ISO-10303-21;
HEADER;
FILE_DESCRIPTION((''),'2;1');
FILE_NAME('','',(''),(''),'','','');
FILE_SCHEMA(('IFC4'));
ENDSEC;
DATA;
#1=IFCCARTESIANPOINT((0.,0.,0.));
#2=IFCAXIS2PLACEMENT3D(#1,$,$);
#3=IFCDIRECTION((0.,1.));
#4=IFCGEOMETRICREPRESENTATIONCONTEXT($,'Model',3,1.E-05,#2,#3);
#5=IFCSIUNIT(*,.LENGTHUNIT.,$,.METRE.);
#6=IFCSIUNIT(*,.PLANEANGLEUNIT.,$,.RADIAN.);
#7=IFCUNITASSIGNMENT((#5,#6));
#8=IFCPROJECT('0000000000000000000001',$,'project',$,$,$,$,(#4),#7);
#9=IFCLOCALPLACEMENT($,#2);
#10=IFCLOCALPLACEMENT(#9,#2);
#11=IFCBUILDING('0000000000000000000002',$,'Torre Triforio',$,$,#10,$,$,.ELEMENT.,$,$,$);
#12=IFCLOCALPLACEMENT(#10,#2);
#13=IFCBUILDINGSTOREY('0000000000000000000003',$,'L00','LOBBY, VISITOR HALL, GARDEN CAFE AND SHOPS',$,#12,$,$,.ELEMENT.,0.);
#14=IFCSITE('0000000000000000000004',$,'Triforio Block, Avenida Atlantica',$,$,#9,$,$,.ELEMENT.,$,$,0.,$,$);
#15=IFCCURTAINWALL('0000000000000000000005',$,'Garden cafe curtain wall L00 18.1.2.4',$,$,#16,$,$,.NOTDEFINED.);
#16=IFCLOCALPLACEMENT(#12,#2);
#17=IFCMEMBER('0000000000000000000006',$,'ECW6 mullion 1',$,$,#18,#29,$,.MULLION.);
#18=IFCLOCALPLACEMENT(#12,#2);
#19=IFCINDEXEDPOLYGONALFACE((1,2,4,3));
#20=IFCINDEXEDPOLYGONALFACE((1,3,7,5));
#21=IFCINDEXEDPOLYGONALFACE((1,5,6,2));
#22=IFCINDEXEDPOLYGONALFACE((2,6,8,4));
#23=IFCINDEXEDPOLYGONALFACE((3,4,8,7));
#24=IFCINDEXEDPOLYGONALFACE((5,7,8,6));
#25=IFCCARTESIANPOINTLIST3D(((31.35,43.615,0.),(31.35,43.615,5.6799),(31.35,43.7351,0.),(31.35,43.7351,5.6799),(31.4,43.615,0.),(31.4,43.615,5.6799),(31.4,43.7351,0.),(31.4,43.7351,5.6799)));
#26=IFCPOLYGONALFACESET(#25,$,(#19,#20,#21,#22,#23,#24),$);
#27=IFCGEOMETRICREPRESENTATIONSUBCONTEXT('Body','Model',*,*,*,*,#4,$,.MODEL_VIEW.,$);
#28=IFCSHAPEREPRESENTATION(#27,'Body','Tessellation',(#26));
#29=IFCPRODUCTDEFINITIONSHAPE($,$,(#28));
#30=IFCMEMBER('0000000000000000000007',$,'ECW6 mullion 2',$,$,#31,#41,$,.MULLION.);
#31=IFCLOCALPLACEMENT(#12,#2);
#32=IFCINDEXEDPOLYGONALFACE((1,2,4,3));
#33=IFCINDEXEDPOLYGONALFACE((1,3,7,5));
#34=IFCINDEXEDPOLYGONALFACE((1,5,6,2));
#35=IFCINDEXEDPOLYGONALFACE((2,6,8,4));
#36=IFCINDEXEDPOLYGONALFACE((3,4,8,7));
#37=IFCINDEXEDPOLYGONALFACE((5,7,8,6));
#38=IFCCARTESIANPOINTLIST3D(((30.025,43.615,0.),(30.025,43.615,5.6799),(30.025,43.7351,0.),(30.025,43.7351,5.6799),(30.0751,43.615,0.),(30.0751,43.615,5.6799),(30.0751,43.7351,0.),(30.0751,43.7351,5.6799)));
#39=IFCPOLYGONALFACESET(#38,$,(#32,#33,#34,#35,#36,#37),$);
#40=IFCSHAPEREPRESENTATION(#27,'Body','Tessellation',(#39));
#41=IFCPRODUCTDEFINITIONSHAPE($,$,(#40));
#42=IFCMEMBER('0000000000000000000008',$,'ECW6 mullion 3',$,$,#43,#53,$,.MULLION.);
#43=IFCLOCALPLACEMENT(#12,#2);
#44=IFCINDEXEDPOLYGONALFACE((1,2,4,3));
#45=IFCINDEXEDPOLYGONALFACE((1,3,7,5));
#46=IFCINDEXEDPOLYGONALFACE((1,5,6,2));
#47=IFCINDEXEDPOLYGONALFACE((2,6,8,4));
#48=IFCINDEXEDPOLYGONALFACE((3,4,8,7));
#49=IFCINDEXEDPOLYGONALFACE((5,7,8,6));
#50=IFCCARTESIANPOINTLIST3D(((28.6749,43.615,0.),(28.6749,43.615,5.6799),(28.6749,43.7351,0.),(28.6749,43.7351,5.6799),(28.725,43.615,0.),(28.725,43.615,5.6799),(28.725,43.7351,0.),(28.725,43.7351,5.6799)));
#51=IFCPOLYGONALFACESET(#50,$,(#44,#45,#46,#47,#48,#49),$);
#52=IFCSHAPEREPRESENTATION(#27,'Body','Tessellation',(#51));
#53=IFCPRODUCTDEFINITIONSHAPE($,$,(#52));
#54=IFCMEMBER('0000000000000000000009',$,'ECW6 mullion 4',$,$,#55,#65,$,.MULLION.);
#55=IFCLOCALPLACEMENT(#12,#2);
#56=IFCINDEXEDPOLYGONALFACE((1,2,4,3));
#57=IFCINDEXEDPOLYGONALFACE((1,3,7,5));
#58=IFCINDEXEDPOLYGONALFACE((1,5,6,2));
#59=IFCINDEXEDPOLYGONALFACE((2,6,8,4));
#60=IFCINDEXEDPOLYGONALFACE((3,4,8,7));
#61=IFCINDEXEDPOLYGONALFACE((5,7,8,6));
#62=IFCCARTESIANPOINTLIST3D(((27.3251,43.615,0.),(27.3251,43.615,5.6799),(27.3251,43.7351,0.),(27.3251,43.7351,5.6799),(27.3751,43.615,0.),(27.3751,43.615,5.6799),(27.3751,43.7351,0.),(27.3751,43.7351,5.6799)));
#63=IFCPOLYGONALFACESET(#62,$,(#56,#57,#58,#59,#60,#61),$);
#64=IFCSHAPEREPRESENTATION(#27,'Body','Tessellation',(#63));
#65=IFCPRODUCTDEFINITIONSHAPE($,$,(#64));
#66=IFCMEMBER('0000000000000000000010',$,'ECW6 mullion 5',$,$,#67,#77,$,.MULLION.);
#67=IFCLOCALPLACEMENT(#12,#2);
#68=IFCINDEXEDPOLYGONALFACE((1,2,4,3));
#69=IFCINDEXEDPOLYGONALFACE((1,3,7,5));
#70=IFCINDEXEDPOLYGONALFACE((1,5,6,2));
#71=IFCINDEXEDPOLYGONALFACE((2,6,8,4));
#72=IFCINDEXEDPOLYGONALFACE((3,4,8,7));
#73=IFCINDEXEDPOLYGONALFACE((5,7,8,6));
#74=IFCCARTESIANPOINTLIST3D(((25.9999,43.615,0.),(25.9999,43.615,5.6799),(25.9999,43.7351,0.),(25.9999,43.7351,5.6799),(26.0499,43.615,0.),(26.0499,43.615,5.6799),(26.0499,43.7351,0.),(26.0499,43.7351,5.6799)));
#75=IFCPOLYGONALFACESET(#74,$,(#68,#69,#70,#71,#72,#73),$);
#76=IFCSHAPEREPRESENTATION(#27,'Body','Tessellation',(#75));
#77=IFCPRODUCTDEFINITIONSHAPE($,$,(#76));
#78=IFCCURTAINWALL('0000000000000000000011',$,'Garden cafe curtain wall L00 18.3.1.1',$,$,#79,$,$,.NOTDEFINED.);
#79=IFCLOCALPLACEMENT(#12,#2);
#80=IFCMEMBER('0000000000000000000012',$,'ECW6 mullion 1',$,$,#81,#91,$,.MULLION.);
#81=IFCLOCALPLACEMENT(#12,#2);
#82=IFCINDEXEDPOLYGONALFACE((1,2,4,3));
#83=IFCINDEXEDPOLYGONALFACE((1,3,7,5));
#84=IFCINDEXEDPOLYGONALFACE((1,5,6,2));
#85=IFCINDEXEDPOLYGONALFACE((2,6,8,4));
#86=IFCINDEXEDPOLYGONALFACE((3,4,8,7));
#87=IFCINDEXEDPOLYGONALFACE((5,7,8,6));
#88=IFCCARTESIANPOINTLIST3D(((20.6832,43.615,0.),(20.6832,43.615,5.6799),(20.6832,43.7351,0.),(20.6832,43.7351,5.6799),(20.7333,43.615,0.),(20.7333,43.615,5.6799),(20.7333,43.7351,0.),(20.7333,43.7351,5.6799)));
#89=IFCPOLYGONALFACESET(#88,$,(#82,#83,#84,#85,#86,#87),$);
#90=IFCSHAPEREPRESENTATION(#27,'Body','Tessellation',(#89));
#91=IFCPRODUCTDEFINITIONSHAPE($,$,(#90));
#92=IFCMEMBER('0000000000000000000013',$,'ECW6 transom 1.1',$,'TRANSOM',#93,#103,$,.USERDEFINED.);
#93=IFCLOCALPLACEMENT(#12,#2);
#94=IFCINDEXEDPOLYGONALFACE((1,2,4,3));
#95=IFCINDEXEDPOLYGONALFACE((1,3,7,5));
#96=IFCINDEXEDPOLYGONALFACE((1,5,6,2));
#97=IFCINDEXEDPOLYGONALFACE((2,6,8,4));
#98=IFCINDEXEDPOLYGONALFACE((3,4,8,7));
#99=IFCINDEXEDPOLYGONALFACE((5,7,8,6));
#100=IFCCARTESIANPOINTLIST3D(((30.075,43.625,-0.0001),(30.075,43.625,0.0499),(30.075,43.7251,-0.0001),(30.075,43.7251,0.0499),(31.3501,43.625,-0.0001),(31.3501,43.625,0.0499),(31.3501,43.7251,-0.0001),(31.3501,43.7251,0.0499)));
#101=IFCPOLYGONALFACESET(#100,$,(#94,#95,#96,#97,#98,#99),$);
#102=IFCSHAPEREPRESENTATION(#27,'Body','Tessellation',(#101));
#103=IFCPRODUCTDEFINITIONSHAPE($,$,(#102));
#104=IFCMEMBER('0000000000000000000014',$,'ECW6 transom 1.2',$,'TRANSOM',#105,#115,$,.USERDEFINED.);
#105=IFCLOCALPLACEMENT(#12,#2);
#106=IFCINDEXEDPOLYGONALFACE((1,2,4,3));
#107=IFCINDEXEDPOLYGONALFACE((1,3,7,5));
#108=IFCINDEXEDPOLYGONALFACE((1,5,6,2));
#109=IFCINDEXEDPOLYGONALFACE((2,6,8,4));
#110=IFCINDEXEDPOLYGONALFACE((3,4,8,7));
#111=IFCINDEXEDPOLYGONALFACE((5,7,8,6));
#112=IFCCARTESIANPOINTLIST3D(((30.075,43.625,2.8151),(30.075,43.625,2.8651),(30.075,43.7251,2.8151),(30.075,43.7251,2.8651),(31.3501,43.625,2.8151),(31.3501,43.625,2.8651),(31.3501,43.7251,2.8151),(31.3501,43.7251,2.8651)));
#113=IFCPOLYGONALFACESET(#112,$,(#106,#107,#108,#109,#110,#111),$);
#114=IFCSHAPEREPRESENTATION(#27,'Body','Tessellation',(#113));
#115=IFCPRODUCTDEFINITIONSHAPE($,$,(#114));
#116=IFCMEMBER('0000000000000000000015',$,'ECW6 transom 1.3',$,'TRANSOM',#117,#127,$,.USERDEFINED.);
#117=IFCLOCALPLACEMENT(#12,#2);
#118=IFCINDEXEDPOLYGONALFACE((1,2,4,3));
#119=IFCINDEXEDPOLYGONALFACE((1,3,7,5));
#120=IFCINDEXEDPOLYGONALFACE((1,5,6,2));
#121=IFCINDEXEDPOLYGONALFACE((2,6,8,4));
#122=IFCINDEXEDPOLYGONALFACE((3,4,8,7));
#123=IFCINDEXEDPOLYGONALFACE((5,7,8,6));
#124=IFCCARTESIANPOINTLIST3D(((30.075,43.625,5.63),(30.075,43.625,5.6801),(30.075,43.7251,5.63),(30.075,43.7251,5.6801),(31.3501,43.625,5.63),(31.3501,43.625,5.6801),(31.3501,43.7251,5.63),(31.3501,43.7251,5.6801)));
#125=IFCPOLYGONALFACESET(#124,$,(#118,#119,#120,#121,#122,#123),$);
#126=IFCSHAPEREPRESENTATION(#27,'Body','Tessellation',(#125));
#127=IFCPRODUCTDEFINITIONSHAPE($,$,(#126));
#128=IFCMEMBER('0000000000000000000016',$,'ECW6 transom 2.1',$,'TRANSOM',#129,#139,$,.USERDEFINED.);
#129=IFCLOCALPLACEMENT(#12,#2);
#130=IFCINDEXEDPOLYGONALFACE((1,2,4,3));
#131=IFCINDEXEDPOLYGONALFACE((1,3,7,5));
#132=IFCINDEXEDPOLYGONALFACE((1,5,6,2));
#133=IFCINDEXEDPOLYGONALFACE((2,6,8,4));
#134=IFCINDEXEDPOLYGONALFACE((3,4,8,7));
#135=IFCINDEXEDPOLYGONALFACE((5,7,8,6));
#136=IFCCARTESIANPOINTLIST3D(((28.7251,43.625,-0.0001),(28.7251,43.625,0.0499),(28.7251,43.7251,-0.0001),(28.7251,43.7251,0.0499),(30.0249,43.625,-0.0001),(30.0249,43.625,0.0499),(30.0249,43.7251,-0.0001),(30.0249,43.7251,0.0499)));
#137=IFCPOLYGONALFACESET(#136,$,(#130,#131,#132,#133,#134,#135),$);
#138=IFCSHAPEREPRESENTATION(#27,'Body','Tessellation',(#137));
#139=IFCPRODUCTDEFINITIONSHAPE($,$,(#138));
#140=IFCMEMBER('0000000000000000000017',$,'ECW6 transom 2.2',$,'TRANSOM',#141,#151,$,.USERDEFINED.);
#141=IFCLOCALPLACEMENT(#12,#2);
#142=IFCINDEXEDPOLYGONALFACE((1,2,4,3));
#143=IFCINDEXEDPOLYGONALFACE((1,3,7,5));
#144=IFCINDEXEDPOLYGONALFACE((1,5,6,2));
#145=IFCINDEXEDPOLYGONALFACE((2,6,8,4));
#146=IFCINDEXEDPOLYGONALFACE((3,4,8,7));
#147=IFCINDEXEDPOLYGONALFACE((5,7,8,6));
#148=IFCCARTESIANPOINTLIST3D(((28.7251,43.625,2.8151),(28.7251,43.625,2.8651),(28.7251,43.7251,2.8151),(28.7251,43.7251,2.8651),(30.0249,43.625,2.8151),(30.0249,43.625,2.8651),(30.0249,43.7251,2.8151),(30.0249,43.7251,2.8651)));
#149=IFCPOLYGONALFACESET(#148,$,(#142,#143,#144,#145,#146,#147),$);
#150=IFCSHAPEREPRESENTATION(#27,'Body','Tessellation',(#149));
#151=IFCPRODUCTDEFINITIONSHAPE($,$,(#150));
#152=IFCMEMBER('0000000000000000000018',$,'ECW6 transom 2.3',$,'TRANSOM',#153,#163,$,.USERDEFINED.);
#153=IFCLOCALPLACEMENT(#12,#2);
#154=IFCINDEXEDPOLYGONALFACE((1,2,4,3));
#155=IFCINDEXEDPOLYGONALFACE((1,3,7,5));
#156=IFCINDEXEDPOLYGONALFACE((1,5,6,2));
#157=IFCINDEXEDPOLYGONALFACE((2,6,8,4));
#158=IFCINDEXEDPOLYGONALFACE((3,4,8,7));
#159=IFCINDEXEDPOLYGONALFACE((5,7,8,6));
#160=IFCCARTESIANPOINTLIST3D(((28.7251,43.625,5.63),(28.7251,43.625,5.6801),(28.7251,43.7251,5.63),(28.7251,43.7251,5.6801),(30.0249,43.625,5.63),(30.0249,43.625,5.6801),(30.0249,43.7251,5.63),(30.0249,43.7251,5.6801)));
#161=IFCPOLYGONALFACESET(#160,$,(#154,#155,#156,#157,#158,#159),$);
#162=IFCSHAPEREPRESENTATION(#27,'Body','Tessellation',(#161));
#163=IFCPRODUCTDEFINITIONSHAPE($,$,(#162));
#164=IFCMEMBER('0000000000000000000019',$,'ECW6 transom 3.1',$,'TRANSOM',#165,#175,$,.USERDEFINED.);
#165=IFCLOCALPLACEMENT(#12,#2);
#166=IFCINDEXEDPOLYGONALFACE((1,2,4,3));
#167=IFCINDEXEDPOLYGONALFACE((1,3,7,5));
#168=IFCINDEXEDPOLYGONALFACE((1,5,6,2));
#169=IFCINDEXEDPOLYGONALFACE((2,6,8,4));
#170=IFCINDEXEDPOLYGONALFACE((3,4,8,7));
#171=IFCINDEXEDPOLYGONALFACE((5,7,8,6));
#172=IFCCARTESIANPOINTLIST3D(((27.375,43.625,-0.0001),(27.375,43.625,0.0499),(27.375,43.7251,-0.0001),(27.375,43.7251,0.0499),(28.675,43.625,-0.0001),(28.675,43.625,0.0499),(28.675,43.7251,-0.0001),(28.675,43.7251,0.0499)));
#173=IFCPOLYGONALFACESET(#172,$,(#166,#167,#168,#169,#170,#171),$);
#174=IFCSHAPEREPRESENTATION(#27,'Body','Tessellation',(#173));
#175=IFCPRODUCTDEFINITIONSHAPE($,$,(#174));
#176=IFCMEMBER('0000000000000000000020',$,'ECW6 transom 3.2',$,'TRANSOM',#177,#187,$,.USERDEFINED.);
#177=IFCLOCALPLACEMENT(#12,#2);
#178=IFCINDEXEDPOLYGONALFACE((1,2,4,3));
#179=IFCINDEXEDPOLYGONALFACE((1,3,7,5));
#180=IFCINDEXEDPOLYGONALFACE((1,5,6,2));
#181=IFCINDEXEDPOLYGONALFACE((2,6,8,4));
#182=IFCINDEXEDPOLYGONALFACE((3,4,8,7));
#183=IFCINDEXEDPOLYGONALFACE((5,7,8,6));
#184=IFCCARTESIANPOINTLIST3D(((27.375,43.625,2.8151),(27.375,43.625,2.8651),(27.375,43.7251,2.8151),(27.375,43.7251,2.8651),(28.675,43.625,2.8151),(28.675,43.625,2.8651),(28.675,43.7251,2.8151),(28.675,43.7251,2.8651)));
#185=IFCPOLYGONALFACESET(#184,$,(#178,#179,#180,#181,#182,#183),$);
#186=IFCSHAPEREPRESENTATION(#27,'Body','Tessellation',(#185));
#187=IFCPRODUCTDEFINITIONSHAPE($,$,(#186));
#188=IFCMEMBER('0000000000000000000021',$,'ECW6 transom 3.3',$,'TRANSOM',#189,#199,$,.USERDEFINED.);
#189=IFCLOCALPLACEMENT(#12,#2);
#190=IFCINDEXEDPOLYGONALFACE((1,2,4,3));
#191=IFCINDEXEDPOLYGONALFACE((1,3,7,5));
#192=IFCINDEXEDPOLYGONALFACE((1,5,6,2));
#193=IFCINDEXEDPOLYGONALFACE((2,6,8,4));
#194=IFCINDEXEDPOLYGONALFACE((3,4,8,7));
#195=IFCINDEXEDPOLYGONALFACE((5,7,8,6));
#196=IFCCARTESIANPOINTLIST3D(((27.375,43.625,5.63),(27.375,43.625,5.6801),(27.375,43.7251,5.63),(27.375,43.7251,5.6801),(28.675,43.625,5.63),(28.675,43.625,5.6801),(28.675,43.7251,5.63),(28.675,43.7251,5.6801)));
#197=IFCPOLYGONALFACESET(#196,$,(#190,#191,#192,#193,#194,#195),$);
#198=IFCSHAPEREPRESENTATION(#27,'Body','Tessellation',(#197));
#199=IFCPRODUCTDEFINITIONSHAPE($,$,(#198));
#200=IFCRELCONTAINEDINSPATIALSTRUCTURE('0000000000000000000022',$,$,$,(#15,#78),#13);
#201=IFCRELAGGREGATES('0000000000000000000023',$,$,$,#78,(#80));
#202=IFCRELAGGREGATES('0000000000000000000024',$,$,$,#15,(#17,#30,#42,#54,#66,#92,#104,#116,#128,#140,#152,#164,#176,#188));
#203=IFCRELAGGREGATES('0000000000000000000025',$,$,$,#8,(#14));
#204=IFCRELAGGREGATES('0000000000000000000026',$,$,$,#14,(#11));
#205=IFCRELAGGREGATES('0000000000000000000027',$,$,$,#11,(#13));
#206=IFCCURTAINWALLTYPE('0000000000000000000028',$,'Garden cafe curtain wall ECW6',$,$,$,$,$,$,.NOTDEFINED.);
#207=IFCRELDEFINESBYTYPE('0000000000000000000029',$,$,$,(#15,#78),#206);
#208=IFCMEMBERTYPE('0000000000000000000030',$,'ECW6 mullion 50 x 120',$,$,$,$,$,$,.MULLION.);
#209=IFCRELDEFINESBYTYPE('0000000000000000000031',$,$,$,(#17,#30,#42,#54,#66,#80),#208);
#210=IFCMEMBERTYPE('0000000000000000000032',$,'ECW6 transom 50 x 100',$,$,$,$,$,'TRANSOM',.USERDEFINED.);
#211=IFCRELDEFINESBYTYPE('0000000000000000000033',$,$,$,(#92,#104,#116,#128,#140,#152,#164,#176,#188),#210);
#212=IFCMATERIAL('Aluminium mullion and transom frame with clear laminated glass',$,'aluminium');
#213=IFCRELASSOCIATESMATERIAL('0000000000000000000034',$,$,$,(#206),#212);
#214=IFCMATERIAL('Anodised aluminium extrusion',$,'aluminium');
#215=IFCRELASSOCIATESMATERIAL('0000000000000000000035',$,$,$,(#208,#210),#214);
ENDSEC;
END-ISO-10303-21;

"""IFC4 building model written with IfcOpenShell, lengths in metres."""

from ifc_helpers import new_model, si_unit, direction, frame, origin, origin_2d, place, context, subcontext, project, spatial, rectangle, extrude, material, material_profile, profile_set, type_object, element, aggregate, save


model = new_model("IFC4")

# Units and contexts
model_context = context("Model", 3, precision=1e-05, world=origin(), true_north=direction((0.0, 1.0)))
body_context = subcontext(model_context, "Body", "Model", "MODEL_VIEW")
ifc_project = project(units=[si_unit("LENGTHUNIT", "METRE"), si_unit("PLANEANGLEUNIT", "RADIAN")], contexts=[model_context])

# Site, building, storey
site_placement = place(None, origin())
site = spatial("IfcSite", under=ifc_project, at=site_placement, Name="Triforio Block, Avenida Atlantica", CompositionType="ELEMENT", RefElevation=0.0)
building_placement = place(site_placement, origin())
building = spatial("IfcBuilding", under=site, at=building_placement, Name="Torre Triforio", CompositionType="ELEMENT")
storey_placement = place(building_placement, origin())
storey = spatial("IfcBuildingStorey", under=building, at=storey_placement, Name="L00", Description="LOBBY, VISITOR HALL, GARDEN CAFE AND SHOPS", CompositionType="ELEMENT", Elevation=0.0)

# Curtain wall, members
ifc_material_1 = material(Name="Aluminium mullion and transom frame with clear laminated glass", Category="aluminium")
curtain_wall_type = type_object("IfcCurtainWallType", Name="Garden cafe curtain wall ECW6", PredefinedType="NOTDEFINED", material=ifc_material_1)
curtain_wall_1_placement = place(storey_placement, origin())
curtain_wall_1 = element("IfcCurtainWall", 1, at=curtain_wall_1_placement, inside=storey, type_object=curtain_wall_type, Name="Garden cafe curtain wall L00 18.1.2.4", PredefinedType="NOTDEFINED")
ifc_material_2 = material(Name="Anodised aluminium extrusion", Category="aluminium")
ifc_material_profile_1 = material_profile(ifc_material_2, rectangle(XDim=0.1201, YDim=0.05, at=origin_2d()), Name="ECW6 MULLION 50x120")
ifc_profile_set_1 = profile_set([ifc_material_profile_1], Name="Anodised aluminium extrusion")
member_type_1 = type_object("IfcMemberType", Name="ECW6 mullion 50 x 120", PredefinedType="MULLION", material=ifc_profile_set_1)
member_1_placement = place(storey_placement, frame((31.375, 43.675, 0.0), z_axis=(0.0, 0.0, 1.0), x_axis=(0.0, -1.0, 0.0)))
member_1 = element("IfcMember", 2, at=member_1_placement, type_object=member_type_1, Name="ECW6 mullion 1", PredefinedType="MULLION", context=body_context, shape_type="SweptSolid", body=[
    extrude(rectangle(XDim=0.1201, YDim=0.05, at=origin_2d()), origin(), (0.0, 0.0, 1.0), 5.6799),
])
member_2_placement = place(storey_placement, frame((30.05, 43.675, 0.0), z_axis=(0.0, 0.0, 1.0), x_axis=(0.0, -1.0, 0.0)))
member_2 = element("IfcMember", 3, at=member_2_placement, type_object=member_type_1, Name="ECW6 mullion 2", PredefinedType="MULLION", context=body_context, shape_type="SweptSolid", body=[
    extrude(rectangle(XDim=0.1201, YDim=0.05, at=origin_2d()), origin(), (0.0, 0.0, 1.0), 5.6799),
])
member_3_placement = place(storey_placement, frame((28.7, 43.675, 0.0), z_axis=(0.0, 0.0, 1.0), x_axis=(0.0, -1.0, 0.0)))
member_3 = element("IfcMember", 4, at=member_3_placement, type_object=member_type_1, Name="ECW6 mullion 3", PredefinedType="MULLION", context=body_context, shape_type="SweptSolid", body=[
    extrude(rectangle(XDim=0.1201, YDim=0.05, at=origin_2d()), origin(), (0.0, 0.0, 1.0), 5.6799),
])
member_4_placement = place(storey_placement, frame((27.3501, 43.675, 0.0), z_axis=(0.0, 0.0, 1.0), x_axis=(0.0, -1.0, 0.0)))
member_4 = element("IfcMember", 5, at=member_4_placement, type_object=member_type_1, Name="ECW6 mullion 4", PredefinedType="MULLION", context=body_context, shape_type="SweptSolid", body=[
    extrude(rectangle(XDim=0.1201, YDim=0.05, at=origin_2d()), origin(), (0.0, 0.0, 1.0), 5.6799),
])
member_5_placement = place(storey_placement, frame((26.0249, 43.675, 0.0), z_axis=(0.0, 0.0, 1.0), x_axis=(0.0, -1.0, 0.0)))
member_5 = element("IfcMember", 6, at=member_5_placement, type_object=member_type_1, Name="ECW6 mullion 5", PredefinedType="MULLION", context=body_context, shape_type="SweptSolid", body=[
    extrude(rectangle(XDim=0.1201, YDim=0.05, at=origin_2d()), origin(), (0.0, 0.0, 1.0), 5.6799),
])

# Curtain wall, member
curtain_wall_2_placement = place(storey_placement, origin())
curtain_wall_2 = element("IfcCurtainWall", 7, at=curtain_wall_2_placement, inside=storey, type_object=curtain_wall_type, Name="Garden cafe curtain wall L00 18.3.1.1", PredefinedType="NOTDEFINED")
member_6_placement = place(storey_placement, frame((20.7083, 43.675, 0.0), z_axis=(0.0, 0.0, 1.0), x_axis=(0.0, -1.0, 0.0)))
member_6 = element("IfcMember", 8, at=member_6_placement, type_object=member_type_1, Name="ECW6 mullion 1", PredefinedType="MULLION", context=body_context, shape_type="SweptSolid", body=[
    extrude(rectangle(XDim=0.1201, YDim=0.05, at=origin_2d()), origin(), (0.0, 0.0, 1.0), 5.6799),
])

# Members
ifc_material_profile_2 = material_profile(ifc_material_2, rectangle(XDim=0.1001, YDim=0.05, at=origin_2d()), Name="ECW6 TRANSOM 50x100")
ifc_profile_set_2 = profile_set([ifc_material_profile_2], Name="Anodised aluminium extrusion")
member_type_2 = type_object("IfcMemberType", Name="ECW6 transom 50 x 100", ElementType="TRANSOM", PredefinedType="USERDEFINED", material=ifc_profile_set_2)
member_7_placement = place(storey_placement, frame((31.3501, 43.675, 0.0249), z_axis=(-1.0, 0.0, 0.0), x_axis=(0.0, -1.0, 0.0)))
member_7 = element("IfcMember", 9, at=member_7_placement, type_object=member_type_2, Name="ECW6 transom 1.1", ObjectType="TRANSOM", PredefinedType="USERDEFINED", context=body_context, shape_type="SweptSolid", body=[
    extrude(rectangle(XDim=0.1001, YDim=0.05, at=origin_2d()), origin(), (0.0, 0.0, 1.0), 1.2751),
])
member_8_placement = place(storey_placement, frame((31.3501, 43.675, 2.8401), z_axis=(-1.0, 0.0, 0.0), x_axis=(0.0, -1.0, 0.0)))
member_8 = element("IfcMember", 10, at=member_8_placement, type_object=member_type_2, Name="ECW6 transom 1.2", ObjectType="TRANSOM", PredefinedType="USERDEFINED", context=body_context, shape_type="SweptSolid", body=[
    extrude(rectangle(XDim=0.1001, YDim=0.05, at=origin_2d()), origin(), (0.0, 0.0, 1.0), 1.2751),
])
member_9_placement = place(storey_placement, frame((31.3501, 43.675, 5.655), z_axis=(-1.0, 0.0, 0.0), x_axis=(0.0, -1.0, 0.0)))
member_9 = element("IfcMember", 11, at=member_9_placement, type_object=member_type_2, Name="ECW6 transom 1.3", ObjectType="TRANSOM", PredefinedType="USERDEFINED", context=body_context, shape_type="SweptSolid", body=[
    extrude(rectangle(XDim=0.1001, YDim=0.05, at=origin_2d()), origin(), (0.0, 0.0, 1.0), 1.2751),
])
member_10_placement = place(storey_placement, frame((30.0249, 43.675, 0.0249), z_axis=(-1.0, 0.0, 0.0), x_axis=(0.0, -1.0, 0.0)))
member_10 = element("IfcMember", 12, at=member_10_placement, type_object=member_type_2, Name="ECW6 transom 2.1", ObjectType="TRANSOM", PredefinedType="USERDEFINED", context=body_context, shape_type="SweptSolid", body=[
    extrude(rectangle(XDim=0.1001, YDim=0.05, at=origin_2d()), origin(), (0.0, 0.0, 1.0), 1.2998),
])
member_11_placement = place(storey_placement, frame((30.0249, 43.675, 2.8401), z_axis=(-1.0, 0.0, 0.0), x_axis=(0.0, -1.0, 0.0)))
member_11 = element("IfcMember", 13, at=member_11_placement, type_object=member_type_2, Name="ECW6 transom 2.2", ObjectType="TRANSOM", PredefinedType="USERDEFINED", context=body_context, shape_type="SweptSolid", body=[
    extrude(rectangle(XDim=0.1001, YDim=0.05, at=origin_2d()), origin(), (0.0, 0.0, 1.0), 1.2998),
])
member_12_placement = place(storey_placement, frame((30.0249, 43.675, 5.655), z_axis=(-1.0, 0.0, 0.0), x_axis=(0.0, -1.0, 0.0)))
member_12 = element("IfcMember", 14, at=member_12_placement, type_object=member_type_2, Name="ECW6 transom 2.3", ObjectType="TRANSOM", PredefinedType="USERDEFINED", context=body_context, shape_type="SweptSolid", body=[
    extrude(rectangle(XDim=0.1001, YDim=0.05, at=origin_2d()), origin(), (0.0, 0.0, 1.0), 1.2998),
])
member_13_placement = place(storey_placement, frame((28.675, 43.675, 0.0249), z_axis=(-1.0, 0.0, 0.0), x_axis=(0.0, -1.0, 0.0)))
member_13 = element("IfcMember", 15, at=member_13_placement, type_object=member_type_2, Name="ECW6 transom 3.1", ObjectType="TRANSOM", PredefinedType="USERDEFINED", context=body_context, shape_type="SweptSolid", body=[
    extrude(rectangle(XDim=0.1001, YDim=0.05, at=origin_2d()), origin(), (0.0, 0.0, 1.0), 1.3),
])
member_14_placement = place(storey_placement, frame((28.675, 43.675, 2.8401), z_axis=(-1.0, 0.0, 0.0), x_axis=(0.0, -1.0, 0.0)))
member_14 = element("IfcMember", 16, at=member_14_placement, type_object=member_type_2, Name="ECW6 transom 3.2", ObjectType="TRANSOM", PredefinedType="USERDEFINED", context=body_context, shape_type="SweptSolid", body=[
    extrude(rectangle(XDim=0.1001, YDim=0.05, at=origin_2d()), origin(), (0.0, 0.0, 1.0), 1.3),
])
member_15_placement = place(storey_placement, frame((28.675, 43.675, 5.655), z_axis=(-1.0, 0.0, 0.0), x_axis=(0.0, -1.0, 0.0)))
member_15 = element("IfcMember", 17, at=member_15_placement, type_object=member_type_2, Name="ECW6 transom 3.3", ObjectType="TRANSOM", PredefinedType="USERDEFINED", context=body_context, shape_type="SweptSolid", body=[
    extrude(rectangle(XDim=0.1001, YDim=0.05, at=origin_2d()), origin(), (0.0, 0.0, 1.0), 1.3),
])
aggregate(curtain_wall_2, [member_6])

aggregate(curtain_wall_1, [member_1, member_2, member_3, member_4, member_5, member_7, member_8, member_9, member_10, member_11, member_12, member_13, member_14, member_15])

save(model, "model.ifc")
